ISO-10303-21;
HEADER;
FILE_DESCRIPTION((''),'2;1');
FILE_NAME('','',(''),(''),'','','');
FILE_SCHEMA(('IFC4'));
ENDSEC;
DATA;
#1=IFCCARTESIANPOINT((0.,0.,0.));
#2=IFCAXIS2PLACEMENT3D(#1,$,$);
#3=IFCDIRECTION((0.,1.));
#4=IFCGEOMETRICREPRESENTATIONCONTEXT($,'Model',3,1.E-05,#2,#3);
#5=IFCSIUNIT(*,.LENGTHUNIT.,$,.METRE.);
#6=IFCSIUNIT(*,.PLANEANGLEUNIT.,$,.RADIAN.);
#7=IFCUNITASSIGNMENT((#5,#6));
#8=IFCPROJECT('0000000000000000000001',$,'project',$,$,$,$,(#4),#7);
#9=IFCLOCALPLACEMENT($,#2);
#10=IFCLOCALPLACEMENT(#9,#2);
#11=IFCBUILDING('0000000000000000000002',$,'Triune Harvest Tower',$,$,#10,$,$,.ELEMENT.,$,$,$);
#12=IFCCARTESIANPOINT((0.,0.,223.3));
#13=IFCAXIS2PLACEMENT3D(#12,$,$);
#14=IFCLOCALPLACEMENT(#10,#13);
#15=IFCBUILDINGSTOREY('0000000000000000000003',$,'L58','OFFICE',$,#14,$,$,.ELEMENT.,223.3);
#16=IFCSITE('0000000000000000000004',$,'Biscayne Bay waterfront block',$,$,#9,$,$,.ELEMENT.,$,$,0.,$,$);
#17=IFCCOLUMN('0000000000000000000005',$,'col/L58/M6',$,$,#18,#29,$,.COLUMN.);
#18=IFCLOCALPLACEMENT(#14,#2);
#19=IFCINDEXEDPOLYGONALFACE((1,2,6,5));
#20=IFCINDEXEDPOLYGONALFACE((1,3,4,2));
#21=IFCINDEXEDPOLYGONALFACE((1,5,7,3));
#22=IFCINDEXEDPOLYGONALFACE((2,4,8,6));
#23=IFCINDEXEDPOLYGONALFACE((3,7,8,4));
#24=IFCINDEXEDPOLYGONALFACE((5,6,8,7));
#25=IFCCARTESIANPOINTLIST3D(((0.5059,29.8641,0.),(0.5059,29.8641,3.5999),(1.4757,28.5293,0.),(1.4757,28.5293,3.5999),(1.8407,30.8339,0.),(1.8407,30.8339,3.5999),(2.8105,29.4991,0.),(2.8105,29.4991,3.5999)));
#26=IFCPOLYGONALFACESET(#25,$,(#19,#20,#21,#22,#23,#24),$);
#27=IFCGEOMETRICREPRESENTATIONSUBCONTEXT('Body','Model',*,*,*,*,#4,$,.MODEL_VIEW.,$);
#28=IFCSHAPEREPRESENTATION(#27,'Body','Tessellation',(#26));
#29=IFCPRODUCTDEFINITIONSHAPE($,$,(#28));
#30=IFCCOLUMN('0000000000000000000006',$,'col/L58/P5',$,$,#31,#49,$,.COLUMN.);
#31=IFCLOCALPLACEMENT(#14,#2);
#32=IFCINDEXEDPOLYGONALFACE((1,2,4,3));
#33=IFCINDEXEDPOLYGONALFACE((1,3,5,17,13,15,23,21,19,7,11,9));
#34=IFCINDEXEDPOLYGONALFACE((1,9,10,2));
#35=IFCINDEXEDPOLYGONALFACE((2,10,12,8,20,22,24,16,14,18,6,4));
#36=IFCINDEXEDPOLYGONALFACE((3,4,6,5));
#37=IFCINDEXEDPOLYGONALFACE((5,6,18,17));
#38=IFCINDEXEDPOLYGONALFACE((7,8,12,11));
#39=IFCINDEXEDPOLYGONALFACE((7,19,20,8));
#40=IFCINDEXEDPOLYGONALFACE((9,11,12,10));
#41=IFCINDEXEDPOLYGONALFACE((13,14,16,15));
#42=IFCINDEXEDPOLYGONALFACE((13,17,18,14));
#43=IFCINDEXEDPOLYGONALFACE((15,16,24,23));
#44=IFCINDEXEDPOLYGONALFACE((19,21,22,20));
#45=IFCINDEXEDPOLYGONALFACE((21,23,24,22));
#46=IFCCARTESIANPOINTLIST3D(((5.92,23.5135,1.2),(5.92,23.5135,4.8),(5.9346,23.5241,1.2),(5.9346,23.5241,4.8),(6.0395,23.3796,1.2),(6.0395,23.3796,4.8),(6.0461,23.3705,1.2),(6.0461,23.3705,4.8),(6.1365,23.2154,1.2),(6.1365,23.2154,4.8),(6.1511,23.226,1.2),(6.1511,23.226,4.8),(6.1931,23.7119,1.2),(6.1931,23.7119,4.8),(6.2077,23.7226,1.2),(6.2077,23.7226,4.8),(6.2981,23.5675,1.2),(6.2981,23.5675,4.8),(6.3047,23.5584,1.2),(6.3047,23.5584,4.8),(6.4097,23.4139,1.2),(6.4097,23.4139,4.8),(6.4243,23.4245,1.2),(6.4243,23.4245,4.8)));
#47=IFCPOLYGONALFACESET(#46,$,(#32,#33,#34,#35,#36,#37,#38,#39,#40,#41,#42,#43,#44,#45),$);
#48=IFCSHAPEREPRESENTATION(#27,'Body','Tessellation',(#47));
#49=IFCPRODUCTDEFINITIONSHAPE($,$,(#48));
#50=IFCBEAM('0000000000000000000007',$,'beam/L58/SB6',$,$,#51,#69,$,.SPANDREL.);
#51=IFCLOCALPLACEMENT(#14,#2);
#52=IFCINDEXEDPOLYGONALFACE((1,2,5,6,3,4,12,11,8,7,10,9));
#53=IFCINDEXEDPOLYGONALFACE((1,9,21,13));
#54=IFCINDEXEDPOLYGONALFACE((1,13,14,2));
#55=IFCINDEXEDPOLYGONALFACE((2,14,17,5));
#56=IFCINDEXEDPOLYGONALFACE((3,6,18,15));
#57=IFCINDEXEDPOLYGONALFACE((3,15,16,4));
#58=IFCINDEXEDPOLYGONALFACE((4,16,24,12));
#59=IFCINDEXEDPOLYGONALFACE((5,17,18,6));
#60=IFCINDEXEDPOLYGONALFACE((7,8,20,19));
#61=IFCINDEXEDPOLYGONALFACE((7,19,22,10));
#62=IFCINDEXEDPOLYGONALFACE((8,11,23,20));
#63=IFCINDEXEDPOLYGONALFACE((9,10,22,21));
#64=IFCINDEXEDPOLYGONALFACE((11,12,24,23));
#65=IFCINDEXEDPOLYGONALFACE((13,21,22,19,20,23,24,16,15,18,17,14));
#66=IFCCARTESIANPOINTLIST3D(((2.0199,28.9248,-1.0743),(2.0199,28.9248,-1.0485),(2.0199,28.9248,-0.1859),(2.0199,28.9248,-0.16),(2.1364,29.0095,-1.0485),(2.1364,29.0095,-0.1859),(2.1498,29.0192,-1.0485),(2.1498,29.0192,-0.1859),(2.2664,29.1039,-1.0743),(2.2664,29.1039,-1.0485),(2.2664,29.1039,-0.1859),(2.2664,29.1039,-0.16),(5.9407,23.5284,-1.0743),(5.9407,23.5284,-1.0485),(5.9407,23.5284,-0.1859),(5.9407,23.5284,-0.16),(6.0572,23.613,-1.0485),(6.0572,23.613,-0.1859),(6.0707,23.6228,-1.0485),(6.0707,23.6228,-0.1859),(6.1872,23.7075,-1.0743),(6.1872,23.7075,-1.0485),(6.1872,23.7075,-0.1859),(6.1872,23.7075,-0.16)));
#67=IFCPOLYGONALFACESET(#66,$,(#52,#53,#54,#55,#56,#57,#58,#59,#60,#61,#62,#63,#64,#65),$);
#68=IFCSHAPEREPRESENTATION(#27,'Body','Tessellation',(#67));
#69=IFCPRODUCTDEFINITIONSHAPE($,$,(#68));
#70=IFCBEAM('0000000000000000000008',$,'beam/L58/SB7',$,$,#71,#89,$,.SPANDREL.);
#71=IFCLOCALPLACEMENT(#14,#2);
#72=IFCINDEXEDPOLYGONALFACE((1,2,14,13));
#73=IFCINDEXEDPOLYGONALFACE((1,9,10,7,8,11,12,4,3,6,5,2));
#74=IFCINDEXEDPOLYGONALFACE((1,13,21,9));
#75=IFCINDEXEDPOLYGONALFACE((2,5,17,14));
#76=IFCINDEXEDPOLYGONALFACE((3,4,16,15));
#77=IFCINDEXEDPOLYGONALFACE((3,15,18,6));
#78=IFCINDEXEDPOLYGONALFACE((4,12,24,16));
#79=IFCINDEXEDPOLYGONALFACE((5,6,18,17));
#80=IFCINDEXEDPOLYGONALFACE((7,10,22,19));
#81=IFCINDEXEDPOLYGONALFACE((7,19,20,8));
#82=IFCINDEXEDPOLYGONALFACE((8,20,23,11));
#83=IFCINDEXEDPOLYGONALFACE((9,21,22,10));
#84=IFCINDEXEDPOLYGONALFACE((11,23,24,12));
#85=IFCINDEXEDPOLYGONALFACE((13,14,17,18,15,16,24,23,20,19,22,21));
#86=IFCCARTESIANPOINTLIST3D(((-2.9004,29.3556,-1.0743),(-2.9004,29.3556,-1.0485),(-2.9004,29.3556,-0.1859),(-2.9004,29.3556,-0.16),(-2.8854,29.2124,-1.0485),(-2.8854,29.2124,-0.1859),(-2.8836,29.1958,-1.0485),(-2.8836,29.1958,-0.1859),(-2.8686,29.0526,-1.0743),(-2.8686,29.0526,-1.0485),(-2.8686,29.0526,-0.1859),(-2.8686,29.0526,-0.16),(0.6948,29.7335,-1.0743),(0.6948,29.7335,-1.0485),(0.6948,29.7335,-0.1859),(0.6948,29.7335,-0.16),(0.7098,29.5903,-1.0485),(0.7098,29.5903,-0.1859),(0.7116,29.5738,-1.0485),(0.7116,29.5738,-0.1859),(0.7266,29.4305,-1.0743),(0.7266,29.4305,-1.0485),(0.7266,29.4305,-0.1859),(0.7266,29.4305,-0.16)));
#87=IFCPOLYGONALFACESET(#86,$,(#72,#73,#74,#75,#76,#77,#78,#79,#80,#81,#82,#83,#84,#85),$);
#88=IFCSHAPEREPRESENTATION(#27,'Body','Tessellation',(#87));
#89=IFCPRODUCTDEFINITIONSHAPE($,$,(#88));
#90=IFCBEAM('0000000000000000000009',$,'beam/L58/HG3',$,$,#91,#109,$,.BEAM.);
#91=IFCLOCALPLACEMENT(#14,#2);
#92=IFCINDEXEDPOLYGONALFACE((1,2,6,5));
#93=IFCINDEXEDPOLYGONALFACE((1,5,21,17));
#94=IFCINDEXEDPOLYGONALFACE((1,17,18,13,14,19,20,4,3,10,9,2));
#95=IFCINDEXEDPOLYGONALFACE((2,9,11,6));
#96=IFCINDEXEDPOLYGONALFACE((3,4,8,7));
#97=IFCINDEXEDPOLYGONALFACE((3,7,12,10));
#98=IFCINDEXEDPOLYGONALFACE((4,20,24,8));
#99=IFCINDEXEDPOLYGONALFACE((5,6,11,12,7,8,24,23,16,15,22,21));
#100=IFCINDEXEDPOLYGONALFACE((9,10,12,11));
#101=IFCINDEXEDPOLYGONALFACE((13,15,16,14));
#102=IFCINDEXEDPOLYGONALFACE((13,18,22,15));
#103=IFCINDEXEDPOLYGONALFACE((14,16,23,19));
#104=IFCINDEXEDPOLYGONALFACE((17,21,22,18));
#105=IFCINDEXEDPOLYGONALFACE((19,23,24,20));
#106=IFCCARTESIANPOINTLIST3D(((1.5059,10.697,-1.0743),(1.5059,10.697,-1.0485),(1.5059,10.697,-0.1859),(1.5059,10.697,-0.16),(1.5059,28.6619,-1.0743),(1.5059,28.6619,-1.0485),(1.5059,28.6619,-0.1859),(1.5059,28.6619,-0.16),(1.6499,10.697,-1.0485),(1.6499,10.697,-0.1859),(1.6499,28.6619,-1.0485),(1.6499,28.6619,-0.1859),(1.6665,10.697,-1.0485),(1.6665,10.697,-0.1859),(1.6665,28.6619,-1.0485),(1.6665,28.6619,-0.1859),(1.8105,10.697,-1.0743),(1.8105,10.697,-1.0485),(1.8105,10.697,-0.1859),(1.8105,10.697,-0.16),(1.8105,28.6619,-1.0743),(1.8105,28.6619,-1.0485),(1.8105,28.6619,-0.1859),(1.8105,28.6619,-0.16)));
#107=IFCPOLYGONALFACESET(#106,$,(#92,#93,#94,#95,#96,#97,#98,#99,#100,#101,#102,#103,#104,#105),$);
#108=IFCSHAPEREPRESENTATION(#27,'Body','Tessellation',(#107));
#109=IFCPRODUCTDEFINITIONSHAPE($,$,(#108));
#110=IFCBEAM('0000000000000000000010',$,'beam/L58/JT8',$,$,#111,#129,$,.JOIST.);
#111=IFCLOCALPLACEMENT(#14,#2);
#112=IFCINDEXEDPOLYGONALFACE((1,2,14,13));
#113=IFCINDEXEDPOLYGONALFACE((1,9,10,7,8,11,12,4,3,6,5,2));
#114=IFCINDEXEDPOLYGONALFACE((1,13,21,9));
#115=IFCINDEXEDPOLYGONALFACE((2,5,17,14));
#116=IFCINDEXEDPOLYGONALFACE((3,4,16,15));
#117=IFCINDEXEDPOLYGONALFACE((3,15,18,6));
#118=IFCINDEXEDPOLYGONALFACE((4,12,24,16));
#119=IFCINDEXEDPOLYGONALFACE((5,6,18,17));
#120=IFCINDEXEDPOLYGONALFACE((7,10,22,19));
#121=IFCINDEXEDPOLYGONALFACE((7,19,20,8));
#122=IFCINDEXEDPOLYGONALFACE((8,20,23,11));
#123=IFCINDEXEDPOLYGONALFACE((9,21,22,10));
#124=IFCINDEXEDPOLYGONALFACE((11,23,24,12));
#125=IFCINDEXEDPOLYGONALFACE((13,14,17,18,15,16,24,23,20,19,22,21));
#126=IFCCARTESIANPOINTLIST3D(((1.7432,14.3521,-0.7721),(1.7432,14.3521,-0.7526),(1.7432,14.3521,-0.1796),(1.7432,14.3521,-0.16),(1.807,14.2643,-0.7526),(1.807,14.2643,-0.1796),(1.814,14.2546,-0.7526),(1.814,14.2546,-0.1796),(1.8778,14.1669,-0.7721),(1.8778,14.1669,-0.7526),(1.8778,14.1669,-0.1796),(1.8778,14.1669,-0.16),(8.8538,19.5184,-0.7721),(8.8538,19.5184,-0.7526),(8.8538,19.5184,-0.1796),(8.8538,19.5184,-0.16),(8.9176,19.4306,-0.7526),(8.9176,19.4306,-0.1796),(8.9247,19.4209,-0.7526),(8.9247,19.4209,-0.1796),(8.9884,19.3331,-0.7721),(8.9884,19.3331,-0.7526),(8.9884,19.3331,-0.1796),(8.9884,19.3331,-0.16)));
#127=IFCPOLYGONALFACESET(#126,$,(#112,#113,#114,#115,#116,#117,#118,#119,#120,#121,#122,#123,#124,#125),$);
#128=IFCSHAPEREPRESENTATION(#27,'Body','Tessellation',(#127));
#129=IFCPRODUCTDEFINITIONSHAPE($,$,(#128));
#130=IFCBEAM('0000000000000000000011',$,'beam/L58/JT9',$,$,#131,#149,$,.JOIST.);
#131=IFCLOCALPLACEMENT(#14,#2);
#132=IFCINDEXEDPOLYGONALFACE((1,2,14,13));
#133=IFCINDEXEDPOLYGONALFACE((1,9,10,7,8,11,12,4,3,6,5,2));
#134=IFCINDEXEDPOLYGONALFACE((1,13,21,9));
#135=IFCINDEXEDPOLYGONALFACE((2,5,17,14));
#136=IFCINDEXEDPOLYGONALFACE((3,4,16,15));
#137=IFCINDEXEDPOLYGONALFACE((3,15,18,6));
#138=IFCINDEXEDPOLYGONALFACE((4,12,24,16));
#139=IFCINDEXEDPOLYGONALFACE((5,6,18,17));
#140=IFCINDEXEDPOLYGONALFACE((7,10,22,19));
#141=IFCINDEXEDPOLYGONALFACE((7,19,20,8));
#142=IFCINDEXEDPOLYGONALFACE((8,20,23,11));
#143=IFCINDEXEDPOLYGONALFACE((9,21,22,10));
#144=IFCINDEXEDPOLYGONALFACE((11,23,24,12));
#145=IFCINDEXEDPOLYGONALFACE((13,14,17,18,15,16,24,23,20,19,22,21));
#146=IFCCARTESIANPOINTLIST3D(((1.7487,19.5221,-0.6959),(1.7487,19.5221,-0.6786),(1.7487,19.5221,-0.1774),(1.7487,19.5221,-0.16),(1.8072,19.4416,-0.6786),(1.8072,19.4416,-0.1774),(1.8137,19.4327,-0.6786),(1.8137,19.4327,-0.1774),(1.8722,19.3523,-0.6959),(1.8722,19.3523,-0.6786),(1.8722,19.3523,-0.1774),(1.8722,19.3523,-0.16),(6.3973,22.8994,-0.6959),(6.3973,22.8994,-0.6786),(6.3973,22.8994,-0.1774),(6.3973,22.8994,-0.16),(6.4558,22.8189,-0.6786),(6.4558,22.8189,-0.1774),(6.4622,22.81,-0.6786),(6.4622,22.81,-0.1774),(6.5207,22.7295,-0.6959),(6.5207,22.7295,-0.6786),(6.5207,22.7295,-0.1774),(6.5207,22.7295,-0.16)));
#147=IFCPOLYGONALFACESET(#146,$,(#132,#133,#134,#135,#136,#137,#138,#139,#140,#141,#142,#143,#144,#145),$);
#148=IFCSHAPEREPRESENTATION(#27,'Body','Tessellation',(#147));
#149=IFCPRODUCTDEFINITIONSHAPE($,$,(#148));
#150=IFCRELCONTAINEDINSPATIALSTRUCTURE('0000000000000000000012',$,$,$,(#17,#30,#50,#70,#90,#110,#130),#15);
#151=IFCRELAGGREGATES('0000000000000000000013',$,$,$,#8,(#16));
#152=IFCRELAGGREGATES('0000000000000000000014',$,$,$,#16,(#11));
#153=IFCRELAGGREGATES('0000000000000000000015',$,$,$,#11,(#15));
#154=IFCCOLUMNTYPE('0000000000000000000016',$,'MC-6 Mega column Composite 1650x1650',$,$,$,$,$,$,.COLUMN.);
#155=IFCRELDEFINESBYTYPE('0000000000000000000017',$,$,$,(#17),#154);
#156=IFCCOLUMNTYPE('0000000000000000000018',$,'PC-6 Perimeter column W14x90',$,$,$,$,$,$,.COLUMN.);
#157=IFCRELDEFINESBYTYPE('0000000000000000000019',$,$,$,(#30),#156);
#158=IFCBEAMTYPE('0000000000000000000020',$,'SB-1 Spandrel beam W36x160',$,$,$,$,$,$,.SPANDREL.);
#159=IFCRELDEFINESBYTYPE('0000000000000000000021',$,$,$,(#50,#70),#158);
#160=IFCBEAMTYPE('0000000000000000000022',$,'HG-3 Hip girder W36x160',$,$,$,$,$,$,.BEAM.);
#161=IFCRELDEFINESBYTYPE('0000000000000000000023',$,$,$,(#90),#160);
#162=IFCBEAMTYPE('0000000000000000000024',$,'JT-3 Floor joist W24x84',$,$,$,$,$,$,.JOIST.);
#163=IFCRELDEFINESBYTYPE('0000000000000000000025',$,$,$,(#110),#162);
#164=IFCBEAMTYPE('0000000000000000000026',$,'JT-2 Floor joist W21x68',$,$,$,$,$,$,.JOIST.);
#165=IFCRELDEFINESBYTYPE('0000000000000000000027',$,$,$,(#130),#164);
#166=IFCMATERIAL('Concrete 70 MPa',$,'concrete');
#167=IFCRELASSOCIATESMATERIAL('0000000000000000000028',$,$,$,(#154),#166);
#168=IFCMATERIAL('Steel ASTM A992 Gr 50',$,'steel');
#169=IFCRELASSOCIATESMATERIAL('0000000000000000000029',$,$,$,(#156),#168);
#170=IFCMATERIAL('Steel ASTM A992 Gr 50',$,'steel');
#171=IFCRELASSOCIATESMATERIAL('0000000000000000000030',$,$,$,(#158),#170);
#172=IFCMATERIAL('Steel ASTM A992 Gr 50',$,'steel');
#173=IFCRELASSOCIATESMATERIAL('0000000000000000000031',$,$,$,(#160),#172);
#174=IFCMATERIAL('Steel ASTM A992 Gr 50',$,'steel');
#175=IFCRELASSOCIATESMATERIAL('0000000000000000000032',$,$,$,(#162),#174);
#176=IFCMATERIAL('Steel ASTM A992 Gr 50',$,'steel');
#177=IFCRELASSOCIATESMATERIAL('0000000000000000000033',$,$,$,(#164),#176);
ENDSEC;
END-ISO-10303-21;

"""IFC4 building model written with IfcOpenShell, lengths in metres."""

from ifc_helpers import new_model, si_unit, direction, frame, origin, origin_2d, place, context, subcontext, project, spatial, rectangle, i_section, extrude, source, transform, mapped, material, material_profile, profile_set, type_object, element, save


model = new_model("IFC4")

# Units and contexts
model_context = context("Model", 3, precision=1e-05, world=origin(), true_north=direction((0.0, 1.0)))
body_context = subcontext(model_context, "Body", "Model", "MODEL_VIEW")
ifc_project = project(units=[si_unit("LENGTHUNIT", "METRE"), si_unit("PLANEANGLEUNIT", "RADIAN")], contexts=[model_context])

# Site, building, storey
site_placement = place(None, origin())
site = spatial("IfcSite", under=ifc_project, at=site_placement, Name="Biscayne Bay waterfront block", CompositionType="ELEMENT", RefElevation=0.0)
building_placement = place(site_placement, origin())
building = spatial("IfcBuilding", under=site, at=building_placement, Name="Triune Harvest Tower", CompositionType="ELEMENT")
storey_placement = place(building_placement, frame((0.0, 0.0, 223.3)))
storey = spatial("IfcBuildingStorey", under=building, at=storey_placement, Name="L58", Description="OFFICE", CompositionType="ELEMENT", Elevation=223.3)

# Columns
ifc_material_1 = material(Name="Concrete 70 MPa", Category="concrete")
ifc_material_profile_1 = material_profile(ifc_material_1, rectangle(XDim=1.6499, YDim=1.6499, at=origin_2d()), Name="Composite 1650x1650")
ifc_profile_set_1 = profile_set([ifc_material_profile_1], Name="Concrete 70 MPa")
column_type_1 = type_object("IfcColumnType", Name="MC-6 Mega column Composite 1650x1650", PredefinedType="COLUMN", material=ifc_profile_set_1)
shared_shape_1 = source(origin(), body_context, "Body", "SweptSolid", [
    extrude(rectangle(XDim=1.6499, YDim=1.6499, at=origin_2d()), origin(), (0.0, 0.0, 1.0), 3.5999),
])
column_1_placement = place(storey_placement, frame((1.6582, 29.6816, 0.0), z_axis=(0.0, 0.0, 1.0), x_axis=(-0.587785, 0.809017, 0.0)))
element("IfcColumn", 1, at=column_1_placement, inside=storey, type_object=column_type_1, Name="col/L58/M6", PredefinedType="COLUMN", context=body_context, shape_type="MappedRepresentation", body=[
    mapped(shared_shape_1, transform((0.0, 0.0, 0.0), scale=1.0)),
])
ifc_material_2 = material(Name="Steel ASTM A992 Gr 50", Category="steel")
ifc_material_profile_2 = material_profile(ifc_material_2, i_section(OverallWidth=0.3684, OverallDepth=0.3557, WebThickness=0.0112, FlangeThickness=0.0181, at=origin_2d()), Name="W14x90")
ifc_profile_set_2 = profile_set([ifc_material_profile_2], Name="Steel ASTM A992 Gr 50")
column_type_2 = type_object("IfcColumnType", Name="PC-6 Perimeter column W14x90", PredefinedType="COLUMN", material=ifc_profile_set_2)
shared_shape_2 = source(origin(), body_context, "Body", "SweptSolid", [
    extrude(i_section(OverallWidth=0.3684, OverallDepth=0.3557, WebThickness=0.0112, FlangeThickness=0.0181, at=origin_2d()), origin(), (0.0, 0.0, 1.0), 3.6001),
])
column_2_placement = place(storey_placement, frame((6.1721, 23.469, 1.2), z_axis=(0.0, 0.0, 1.0), x_axis=(-0.587785, 0.809017, 0.0)))
element("IfcColumn", 2, at=column_2_placement, inside=storey, type_object=column_type_2, Name="col/L58/P5", PredefinedType="COLUMN", context=body_context, shape_type="MappedRepresentation", body=[
    mapped(shared_shape_2, transform((0.0, 0.0, 0.0), scale=1.0)),
])

# Beams
ifc_material_3 = material(Name="Steel ASTM A992 Gr 50", Category="steel")
ifc_material_profile_3 = material_profile(ifc_material_3, i_section(OverallWidth=0.3047, OverallDepth=0.9143, WebThickness=0.0166, FlangeThickness=0.0259, at=origin_2d()), Name="W36x160")
ifc_profile_set_3 = profile_set([ifc_material_profile_3], Name="Steel ASTM A992 Gr 50")
beam_type_1 = type_object("IfcBeamType", Name="SB-1 Spandrel beam W36x160", PredefinedType="SPANDREL", material=ifc_profile_set_3)
shared_shape_3 = source(origin(), body_context, "Body", "SweptSolid", [
    extrude(i_section(OverallWidth=0.3047, OverallDepth=0.9143, WebThickness=0.0166, FlangeThickness=0.0259, at=origin_2d()), origin(), (0.0, 0.0, 1.0), 6.6704),
])
beam_1_placement = place(storey_placement, frame((6.064, 23.6179, -0.6172), z_axis=(-0.587797, 0.809008, 0.0), x_axis=(-0.809008, -0.587797, 0.0)))
element("IfcBeam", 3, at=beam_1_placement, inside=storey, type_object=beam_type_1, Name="beam/L58/SB6", PredefinedType="SPANDREL", context=body_context, shape_type="MappedRepresentation", body=[
    mapped(shared_shape_3, transform((0.0, 0.0, 0.0), scale=1.0)),
])
shared_shape_4 = source(origin(), body_context, "Body", "SweptSolid", [
    extrude(i_section(OverallWidth=0.3047, OverallDepth=0.9143, WebThickness=0.0166, FlangeThickness=0.0259, at=origin_2d()), origin(), (0.0, 0.0, 1.0), 3.615),
])
beam_2_placement = place(storey_placement, frame((0.7107, 29.582, -0.6172), z_axis=(-0.99452, -0.104544, 0.0), x_axis=(0.104544, -0.99452, 0.0)))
element("IfcBeam", 4, at=beam_2_placement, inside=storey, type_object=beam_type_1, Name="beam/L58/SB7", PredefinedType="SPANDREL", context=body_context, shape_type="MappedRepresentation", body=[
    mapped(shared_shape_4, transform((0.0, 0.0, 0.0), scale=1.0)),
])
ifc_material_4 = material(Name="Steel ASTM A992 Gr 50", Category="steel")
ifc_material_profile_4 = material_profile(ifc_material_4, i_section(OverallWidth=0.3047, OverallDepth=0.9143, WebThickness=0.0166, FlangeThickness=0.0259, at=origin_2d()), Name="W36x160")
ifc_profile_set_4 = profile_set([ifc_material_profile_4], Name="Steel ASTM A992 Gr 50")
beam_type_2 = type_object("IfcBeamType", Name="HG-3 Hip girder W36x160", PredefinedType="BEAM", material=ifc_profile_set_4)
shared_shape_5 = source(origin(), body_context, "Body", "SweptSolid", [
    extrude(i_section(OverallWidth=0.3047, OverallDepth=0.9143, WebThickness=0.0166, FlangeThickness=0.0259, at=origin_2d()), origin(), (0.0, 0.0, 1.0), 17.9648),
])
beam_3_placement = place(storey_placement, frame((1.6582, 28.6619, -0.6172), z_axis=(0.0, -1.0, 0.0), x_axis=(1.0, 0.0, 0.0)))
element("IfcBeam", 5, at=beam_3_placement, inside=storey, type_object=beam_type_2, Name="beam/L58/HG3", PredefinedType="BEAM", context=body_context, shape_type="MappedRepresentation", body=[
    mapped(shared_shape_5, transform((0.0, 0.0, 0.0), scale=1.0)),
])
ifc_material_5 = material(Name="Steel ASTM A992 Gr 50", Category="steel")
ifc_material_profile_5 = material_profile(ifc_material_5, i_section(OverallWidth=0.229, OverallDepth=0.6121, WebThickness=0.012, FlangeThickness=0.0195, at=origin_2d()), Name="W24x84")
ifc_profile_set_5 = profile_set([ifc_material_profile_5], Name="Steel ASTM A992 Gr 50")
beam_type_3 = type_object("IfcBeamType", Name="JT-3 Floor joist W24x84", PredefinedType="JOIST", material=ifc_profile_set_5)
shared_shape_6 = source(origin(), body_context, "Body", "SweptSolid", [
    extrude(i_section(OverallWidth=0.229, OverallDepth=0.6121, WebThickness=0.012, FlangeThickness=0.0195, at=origin_2d()), origin(), (0.0, 0.0, 1.0), 8.7893),
])
beam_4_placement = place(storey_placement, frame((8.9211, 19.4258, -0.4661), z_axis=(-0.809011, -0.587793, 0.0), x_axis=(0.587793, -0.809011, 0.0)))
element("IfcBeam", 6, at=beam_4_placement, inside=storey, type_object=beam_type_3, Name="beam/L58/JT8", PredefinedType="JOIST", context=body_context, shape_type="MappedRepresentation", body=[
    mapped(shared_shape_6, transform((0.0, 0.0, 0.0), scale=1.0)),
])
ifc_material_6 = material(Name="Steel ASTM A992 Gr 50", Category="steel")
ifc_material_profile_6 = material_profile(ifc_material_6, i_section(OverallWidth=0.21, OverallDepth=0.5359, WebThickness=0.011, FlangeThickness=0.0173, at=origin_2d()), Name="W21x68")
ifc_profile_set_6 = profile_set([ifc_material_profile_6], Name="Steel ASTM A992 Gr 50")
beam_type_4 = type_object("IfcBeamType", Name="JT-2 Floor joist W21x68", PredefinedType="JOIST", material=ifc_profile_set_6)
shared_shape_7 = source(origin(), body_context, "Body", "SweptSolid", [
    extrude(i_section(OverallWidth=0.21, OverallDepth=0.5359, WebThickness=0.011, FlangeThickness=0.0173, at=origin_2d()), origin(), (0.0, 0.0, 1.0), 5.7458),
])
beam_5_placement = place(storey_placement, frame((6.459, 22.8145, -0.428), z_axis=(-0.809024, -0.587775, 0.0), x_axis=(0.587775, -0.809024, 0.0)))
element("IfcBeam", 7, at=beam_5_placement, inside=storey, type_object=beam_type_4, Name="beam/L58/JT9", PredefinedType="JOIST", context=body_context, shape_type="MappedRepresentation", body=[
    mapped(shared_shape_7, transform((0.0, 0.0, 0.0), scale=1.0)),
])

save(model, "model.ifc")
